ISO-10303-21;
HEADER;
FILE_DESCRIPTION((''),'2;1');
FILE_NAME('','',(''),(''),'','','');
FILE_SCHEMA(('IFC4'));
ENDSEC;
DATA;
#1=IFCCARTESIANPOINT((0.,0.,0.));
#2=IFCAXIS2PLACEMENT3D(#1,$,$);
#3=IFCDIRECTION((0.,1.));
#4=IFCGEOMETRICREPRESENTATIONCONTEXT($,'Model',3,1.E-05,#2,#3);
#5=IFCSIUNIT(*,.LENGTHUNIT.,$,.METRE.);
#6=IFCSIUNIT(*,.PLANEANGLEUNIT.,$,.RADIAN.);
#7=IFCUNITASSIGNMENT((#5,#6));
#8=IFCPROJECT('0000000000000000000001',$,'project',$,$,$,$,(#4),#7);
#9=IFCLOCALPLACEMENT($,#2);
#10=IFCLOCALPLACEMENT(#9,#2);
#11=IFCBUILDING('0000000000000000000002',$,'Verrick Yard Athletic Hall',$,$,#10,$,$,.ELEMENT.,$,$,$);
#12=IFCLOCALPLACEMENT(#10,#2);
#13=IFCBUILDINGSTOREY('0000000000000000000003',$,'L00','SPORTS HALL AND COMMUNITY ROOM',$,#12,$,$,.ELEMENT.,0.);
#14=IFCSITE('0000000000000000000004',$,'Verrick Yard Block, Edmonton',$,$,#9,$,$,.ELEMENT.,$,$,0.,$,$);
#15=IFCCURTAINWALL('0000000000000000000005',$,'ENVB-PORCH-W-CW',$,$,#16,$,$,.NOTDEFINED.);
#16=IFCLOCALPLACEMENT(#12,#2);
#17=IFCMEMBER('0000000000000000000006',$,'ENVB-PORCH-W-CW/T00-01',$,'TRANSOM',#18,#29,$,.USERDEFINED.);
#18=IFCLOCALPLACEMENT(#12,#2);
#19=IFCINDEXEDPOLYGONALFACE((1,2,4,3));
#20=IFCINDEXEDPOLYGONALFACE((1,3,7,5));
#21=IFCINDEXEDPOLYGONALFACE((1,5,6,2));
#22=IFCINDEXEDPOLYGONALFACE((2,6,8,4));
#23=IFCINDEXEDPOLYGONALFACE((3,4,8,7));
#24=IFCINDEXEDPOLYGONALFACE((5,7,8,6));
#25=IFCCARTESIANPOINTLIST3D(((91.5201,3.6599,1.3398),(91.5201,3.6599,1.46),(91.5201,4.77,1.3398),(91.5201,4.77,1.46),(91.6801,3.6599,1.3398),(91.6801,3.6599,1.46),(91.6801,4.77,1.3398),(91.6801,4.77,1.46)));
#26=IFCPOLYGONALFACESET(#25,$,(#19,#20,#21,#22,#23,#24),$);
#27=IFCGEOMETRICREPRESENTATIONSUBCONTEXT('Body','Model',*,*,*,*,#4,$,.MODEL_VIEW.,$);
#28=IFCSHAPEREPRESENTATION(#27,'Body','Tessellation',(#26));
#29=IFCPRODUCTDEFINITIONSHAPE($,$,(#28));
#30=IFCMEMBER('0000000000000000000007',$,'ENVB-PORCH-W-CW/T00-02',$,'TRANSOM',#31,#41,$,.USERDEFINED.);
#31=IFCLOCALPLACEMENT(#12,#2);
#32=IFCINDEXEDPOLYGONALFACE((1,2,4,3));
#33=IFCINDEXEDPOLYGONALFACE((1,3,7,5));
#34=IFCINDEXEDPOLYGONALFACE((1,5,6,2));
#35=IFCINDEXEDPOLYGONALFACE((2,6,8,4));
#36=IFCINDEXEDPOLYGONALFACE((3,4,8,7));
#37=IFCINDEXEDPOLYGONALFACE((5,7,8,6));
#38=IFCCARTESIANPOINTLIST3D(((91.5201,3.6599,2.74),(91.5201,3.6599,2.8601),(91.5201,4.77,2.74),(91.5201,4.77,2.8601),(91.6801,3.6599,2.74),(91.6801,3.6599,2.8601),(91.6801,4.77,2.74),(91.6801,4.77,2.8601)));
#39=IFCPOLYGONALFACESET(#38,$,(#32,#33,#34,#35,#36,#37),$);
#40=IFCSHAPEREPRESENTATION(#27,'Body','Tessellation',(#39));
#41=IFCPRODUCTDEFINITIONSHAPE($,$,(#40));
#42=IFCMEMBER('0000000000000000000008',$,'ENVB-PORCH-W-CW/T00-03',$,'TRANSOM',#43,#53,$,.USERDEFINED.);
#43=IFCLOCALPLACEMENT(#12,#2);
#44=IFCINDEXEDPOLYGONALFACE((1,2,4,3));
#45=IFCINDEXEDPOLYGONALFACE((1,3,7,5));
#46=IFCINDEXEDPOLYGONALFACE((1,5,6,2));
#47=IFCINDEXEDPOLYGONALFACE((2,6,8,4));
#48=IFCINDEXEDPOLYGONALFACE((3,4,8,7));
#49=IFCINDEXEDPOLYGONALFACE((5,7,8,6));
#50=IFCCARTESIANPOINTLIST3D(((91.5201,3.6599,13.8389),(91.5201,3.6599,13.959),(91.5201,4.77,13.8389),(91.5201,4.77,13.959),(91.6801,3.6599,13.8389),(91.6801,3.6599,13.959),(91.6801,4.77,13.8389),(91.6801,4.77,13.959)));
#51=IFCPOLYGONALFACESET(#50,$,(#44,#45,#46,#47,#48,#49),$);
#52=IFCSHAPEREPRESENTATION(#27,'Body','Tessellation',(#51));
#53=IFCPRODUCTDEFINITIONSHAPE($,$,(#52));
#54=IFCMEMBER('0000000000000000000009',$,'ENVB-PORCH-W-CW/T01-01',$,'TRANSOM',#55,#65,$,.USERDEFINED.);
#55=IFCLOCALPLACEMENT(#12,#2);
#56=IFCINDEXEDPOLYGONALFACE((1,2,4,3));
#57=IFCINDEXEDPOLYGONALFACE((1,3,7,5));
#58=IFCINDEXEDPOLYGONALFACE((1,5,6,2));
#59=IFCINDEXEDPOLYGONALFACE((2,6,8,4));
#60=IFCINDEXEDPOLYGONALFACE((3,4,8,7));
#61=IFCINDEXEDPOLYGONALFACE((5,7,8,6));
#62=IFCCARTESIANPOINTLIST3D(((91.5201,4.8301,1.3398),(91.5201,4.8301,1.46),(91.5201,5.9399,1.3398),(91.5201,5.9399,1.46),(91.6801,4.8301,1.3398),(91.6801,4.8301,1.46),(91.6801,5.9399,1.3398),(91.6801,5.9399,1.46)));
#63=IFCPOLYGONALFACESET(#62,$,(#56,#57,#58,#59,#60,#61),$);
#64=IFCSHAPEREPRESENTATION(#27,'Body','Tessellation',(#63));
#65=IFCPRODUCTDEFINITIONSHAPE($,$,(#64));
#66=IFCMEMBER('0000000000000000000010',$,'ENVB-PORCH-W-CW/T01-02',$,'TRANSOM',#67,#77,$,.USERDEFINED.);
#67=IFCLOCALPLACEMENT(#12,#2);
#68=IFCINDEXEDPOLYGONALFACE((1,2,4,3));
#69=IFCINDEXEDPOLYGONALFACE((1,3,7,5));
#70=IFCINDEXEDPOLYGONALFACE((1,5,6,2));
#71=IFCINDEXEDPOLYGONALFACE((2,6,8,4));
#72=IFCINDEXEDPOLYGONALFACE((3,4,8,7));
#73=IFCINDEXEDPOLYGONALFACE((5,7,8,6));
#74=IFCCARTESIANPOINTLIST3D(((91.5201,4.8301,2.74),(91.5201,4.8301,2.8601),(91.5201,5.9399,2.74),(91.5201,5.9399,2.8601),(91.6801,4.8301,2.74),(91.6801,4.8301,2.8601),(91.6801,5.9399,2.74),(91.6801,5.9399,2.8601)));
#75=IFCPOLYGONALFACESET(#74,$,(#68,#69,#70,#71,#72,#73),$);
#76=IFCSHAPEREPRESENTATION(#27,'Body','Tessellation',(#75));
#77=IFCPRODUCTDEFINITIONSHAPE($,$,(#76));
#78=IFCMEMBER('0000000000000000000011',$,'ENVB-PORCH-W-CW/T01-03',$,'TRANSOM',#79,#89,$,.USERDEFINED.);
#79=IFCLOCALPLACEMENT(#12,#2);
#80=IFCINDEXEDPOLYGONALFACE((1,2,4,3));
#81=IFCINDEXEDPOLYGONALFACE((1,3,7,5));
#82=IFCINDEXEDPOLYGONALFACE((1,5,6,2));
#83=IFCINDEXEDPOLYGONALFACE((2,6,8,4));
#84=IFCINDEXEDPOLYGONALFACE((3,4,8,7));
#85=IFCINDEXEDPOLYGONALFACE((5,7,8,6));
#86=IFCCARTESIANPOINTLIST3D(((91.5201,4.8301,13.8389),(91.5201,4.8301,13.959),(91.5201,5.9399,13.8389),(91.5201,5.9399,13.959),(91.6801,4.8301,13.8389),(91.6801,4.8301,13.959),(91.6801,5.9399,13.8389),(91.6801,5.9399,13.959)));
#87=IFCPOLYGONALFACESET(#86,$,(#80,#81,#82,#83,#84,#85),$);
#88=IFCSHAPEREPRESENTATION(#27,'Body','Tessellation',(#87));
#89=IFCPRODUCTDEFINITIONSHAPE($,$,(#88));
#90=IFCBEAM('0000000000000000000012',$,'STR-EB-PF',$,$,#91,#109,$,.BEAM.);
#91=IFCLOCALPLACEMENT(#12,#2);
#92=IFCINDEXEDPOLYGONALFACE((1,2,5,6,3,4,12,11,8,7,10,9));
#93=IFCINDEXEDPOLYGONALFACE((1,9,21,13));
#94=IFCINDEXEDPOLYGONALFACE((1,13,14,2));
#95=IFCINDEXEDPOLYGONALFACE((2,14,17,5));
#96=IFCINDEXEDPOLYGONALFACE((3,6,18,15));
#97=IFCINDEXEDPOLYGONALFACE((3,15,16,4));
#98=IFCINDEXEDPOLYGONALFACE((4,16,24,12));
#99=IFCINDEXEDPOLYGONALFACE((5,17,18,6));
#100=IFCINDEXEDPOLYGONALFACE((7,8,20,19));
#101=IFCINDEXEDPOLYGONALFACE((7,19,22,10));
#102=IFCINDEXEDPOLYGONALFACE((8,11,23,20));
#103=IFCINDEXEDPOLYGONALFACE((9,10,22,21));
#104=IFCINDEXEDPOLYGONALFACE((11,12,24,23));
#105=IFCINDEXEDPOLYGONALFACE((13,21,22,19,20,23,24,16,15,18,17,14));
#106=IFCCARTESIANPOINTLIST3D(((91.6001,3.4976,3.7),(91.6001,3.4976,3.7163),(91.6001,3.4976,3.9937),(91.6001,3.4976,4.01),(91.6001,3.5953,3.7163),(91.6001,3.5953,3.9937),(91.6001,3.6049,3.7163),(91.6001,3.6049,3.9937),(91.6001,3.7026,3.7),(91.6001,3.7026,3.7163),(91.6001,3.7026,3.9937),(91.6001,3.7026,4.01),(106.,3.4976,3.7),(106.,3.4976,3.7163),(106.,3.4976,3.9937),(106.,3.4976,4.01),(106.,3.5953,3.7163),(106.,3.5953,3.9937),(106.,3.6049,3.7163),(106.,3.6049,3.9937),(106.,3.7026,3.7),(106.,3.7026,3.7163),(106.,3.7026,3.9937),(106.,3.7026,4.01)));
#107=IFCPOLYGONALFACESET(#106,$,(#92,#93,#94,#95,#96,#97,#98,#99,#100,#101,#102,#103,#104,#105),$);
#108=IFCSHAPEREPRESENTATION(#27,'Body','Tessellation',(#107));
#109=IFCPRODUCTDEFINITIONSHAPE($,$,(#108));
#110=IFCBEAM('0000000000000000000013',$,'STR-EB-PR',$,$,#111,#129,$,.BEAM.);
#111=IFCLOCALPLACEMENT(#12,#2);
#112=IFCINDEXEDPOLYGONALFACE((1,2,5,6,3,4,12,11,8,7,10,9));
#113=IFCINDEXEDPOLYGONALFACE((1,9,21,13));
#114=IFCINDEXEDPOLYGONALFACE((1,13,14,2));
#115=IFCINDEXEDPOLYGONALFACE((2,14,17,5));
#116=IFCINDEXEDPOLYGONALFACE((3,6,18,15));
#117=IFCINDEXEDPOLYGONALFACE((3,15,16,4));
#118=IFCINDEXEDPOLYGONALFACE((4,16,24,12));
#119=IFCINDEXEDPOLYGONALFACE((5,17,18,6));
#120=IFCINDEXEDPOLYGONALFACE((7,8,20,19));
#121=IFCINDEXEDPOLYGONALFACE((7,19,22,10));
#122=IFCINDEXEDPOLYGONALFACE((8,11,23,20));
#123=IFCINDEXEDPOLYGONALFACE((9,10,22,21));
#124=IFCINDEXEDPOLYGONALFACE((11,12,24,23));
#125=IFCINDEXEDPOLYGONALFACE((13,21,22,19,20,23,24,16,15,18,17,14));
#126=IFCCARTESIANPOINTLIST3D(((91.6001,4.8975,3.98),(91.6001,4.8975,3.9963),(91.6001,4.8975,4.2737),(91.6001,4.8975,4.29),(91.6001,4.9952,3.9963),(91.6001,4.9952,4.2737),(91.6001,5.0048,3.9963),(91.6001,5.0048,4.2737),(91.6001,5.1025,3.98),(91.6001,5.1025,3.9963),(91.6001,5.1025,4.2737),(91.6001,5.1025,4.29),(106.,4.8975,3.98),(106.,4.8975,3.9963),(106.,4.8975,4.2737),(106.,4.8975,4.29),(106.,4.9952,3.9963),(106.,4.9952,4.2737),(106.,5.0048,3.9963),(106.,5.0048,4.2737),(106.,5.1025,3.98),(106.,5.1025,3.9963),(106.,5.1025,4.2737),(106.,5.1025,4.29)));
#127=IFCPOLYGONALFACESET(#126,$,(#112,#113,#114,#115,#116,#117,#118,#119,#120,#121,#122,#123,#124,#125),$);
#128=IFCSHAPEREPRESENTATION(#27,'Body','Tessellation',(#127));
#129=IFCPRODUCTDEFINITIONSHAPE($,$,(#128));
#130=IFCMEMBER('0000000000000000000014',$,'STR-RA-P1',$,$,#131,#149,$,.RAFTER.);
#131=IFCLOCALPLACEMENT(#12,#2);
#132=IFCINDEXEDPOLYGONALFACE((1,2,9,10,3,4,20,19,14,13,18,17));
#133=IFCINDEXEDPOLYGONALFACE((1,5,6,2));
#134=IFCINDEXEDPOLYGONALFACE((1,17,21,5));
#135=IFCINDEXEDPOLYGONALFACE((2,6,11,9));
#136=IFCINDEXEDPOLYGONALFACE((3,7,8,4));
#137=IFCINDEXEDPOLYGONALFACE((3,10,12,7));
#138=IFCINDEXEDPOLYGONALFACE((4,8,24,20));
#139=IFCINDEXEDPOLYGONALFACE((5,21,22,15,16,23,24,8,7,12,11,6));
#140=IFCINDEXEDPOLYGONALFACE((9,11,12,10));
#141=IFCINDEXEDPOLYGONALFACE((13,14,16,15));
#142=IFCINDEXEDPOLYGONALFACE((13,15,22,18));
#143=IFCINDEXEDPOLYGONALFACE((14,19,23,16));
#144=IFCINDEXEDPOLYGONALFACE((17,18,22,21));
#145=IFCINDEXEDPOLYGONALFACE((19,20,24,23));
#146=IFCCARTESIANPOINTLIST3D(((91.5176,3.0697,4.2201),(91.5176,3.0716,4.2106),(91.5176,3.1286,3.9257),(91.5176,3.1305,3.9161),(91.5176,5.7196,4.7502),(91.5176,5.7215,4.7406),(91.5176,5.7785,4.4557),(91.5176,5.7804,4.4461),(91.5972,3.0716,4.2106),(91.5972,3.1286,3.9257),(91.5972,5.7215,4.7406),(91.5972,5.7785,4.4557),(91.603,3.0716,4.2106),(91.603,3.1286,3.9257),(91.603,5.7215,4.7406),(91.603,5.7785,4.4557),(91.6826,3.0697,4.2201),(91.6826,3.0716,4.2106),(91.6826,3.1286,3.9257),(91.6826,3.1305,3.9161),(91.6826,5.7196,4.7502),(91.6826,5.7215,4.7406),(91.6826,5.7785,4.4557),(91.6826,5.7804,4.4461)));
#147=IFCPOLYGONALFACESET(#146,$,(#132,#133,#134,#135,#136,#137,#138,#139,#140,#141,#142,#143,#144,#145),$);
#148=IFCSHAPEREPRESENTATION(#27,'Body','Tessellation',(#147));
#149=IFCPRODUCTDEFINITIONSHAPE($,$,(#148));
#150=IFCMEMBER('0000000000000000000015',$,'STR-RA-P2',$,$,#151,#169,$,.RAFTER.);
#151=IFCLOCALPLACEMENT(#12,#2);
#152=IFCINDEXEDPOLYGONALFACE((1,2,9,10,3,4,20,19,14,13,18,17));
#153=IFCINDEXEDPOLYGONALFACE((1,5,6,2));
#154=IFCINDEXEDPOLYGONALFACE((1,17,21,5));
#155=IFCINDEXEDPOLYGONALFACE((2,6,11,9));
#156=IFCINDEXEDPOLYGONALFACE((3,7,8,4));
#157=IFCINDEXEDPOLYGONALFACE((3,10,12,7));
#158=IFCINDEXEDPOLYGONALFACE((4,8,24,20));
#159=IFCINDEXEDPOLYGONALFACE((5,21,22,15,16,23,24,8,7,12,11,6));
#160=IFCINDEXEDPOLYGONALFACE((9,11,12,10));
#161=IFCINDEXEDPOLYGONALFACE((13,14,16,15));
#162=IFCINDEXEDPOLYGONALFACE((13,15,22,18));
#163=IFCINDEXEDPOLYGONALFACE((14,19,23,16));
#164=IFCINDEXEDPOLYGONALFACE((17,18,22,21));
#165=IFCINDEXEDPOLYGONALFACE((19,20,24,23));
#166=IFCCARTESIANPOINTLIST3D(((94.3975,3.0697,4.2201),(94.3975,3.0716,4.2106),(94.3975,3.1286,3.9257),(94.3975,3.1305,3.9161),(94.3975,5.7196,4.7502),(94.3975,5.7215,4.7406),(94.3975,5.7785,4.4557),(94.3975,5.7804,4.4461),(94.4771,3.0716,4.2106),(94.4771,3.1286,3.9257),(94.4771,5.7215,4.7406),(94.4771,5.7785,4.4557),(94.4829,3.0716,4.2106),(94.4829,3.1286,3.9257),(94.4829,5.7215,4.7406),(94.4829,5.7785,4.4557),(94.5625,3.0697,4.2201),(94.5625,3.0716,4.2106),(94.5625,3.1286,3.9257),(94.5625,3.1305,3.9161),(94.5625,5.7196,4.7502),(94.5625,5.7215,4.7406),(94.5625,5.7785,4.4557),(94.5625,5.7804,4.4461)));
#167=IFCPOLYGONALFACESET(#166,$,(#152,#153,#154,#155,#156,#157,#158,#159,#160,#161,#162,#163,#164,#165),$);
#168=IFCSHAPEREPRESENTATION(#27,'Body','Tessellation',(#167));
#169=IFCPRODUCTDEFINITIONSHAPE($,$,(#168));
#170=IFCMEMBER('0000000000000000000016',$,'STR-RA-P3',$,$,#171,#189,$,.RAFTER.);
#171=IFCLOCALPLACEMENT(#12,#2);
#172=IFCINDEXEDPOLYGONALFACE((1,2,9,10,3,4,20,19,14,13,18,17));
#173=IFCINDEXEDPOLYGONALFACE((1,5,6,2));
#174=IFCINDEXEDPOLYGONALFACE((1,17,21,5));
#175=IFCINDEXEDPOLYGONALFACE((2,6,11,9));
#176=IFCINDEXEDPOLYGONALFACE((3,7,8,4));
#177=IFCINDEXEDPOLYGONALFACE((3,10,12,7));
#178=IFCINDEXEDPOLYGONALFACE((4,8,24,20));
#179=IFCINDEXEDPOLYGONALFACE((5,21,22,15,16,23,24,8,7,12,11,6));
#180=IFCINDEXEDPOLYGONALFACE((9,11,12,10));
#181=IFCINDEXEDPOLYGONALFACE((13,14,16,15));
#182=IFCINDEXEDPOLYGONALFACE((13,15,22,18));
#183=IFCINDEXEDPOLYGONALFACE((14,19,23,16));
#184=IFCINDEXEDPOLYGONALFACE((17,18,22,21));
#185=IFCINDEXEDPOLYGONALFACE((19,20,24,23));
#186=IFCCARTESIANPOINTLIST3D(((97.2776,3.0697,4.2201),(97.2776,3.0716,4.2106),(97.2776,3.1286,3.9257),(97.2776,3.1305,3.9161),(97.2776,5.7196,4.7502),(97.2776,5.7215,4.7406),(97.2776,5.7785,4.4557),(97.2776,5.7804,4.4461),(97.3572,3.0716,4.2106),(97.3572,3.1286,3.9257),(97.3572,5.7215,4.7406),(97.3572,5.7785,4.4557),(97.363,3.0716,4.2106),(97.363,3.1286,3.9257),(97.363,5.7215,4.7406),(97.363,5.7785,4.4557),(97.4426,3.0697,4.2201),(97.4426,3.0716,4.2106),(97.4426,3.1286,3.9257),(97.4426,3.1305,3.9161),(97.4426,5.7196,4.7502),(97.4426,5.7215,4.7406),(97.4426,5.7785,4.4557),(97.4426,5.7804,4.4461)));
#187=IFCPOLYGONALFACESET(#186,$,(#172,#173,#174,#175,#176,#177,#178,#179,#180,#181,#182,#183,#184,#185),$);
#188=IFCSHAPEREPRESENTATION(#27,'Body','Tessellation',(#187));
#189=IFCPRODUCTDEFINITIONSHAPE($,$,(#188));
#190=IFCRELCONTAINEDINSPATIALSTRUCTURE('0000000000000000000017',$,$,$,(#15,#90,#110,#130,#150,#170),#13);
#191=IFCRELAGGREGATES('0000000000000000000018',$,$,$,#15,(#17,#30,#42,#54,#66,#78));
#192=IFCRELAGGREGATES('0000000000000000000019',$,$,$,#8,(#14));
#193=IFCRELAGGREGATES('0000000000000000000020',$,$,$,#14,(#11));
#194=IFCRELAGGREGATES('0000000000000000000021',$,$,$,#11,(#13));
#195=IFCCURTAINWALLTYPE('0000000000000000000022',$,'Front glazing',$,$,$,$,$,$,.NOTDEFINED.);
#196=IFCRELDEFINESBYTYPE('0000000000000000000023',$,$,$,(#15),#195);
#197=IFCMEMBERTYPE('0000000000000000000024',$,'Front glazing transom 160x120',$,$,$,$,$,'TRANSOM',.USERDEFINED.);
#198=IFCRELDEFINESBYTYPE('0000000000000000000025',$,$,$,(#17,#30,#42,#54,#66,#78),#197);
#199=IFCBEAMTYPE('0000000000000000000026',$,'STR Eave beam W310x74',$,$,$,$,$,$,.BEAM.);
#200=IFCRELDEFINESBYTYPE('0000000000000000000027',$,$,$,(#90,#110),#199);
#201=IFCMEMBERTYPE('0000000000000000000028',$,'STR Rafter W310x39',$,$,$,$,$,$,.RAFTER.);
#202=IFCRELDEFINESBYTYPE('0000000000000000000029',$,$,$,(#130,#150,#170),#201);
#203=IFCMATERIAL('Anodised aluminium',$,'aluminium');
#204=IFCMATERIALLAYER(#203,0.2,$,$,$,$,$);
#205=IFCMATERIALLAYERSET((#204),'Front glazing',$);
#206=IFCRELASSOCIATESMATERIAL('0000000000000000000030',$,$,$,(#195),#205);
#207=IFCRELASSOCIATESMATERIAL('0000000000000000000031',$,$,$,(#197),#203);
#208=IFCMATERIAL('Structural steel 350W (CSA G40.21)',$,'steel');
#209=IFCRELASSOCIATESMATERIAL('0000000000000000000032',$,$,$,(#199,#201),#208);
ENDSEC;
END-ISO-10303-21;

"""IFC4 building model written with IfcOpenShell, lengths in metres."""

from ifc_helpers import new_model, si_unit, direction, frame, origin, origin_2d, place, context, subcontext, project, spatial, rectangle, i_section, extrude, material, layer, layer_set, material_profile, profile_set, type_object, element, aggregate, save


model = new_model("IFC4")

# Units and contexts
model_context = context("Model", 3, precision=1e-05, world=origin(), true_north=direction((0.0, 1.0)))
body_context = subcontext(model_context, "Body", "Model", "MODEL_VIEW")
ifc_project = project(units=[si_unit("LENGTHUNIT", "METRE"), si_unit("PLANEANGLEUNIT", "RADIAN")], contexts=[model_context])

# Site, building, storey
site_placement = place(None, origin())
site = spatial("IfcSite", under=ifc_project, at=site_placement, Name="Verrick Yard Block, Edmonton", CompositionType="ELEMENT", RefElevation=0.0)
building_placement = place(site_placement, origin())
building = spatial("IfcBuilding", under=site, at=building_placement, Name="Verrick Yard Athletic Hall", CompositionType="ELEMENT")
storey_placement = place(building_placement, origin())
storey = spatial("IfcBuildingStorey", under=building, at=storey_placement, Name="L00", Description="SPORTS HALL AND COMMUNITY ROOM", CompositionType="ELEMENT", Elevation=0.0)

# Curtain wall, members
ifc_material_1 = material(Name="Anodised aluminium", Category="aluminium")
ifc_layer_1 = layer(ifc_material_1, 0.2)
ifc_layer_set_1 = layer_set([ifc_layer_1], Name="Front glazing")
curtain_wall_type = type_object("IfcCurtainWallType", Name="Front glazing", PredefinedType="NOTDEFINED", material=ifc_layer_set_1)
curtain_wall_placement = place(storey_placement, origin())
curtain_wall = element("IfcCurtainWall", 1, at=curtain_wall_placement, inside=storey, type_object=curtain_wall_type, Name="ENVB-PORCH-W-CW", PredefinedType="NOTDEFINED")
ifc_material_profile_1 = material_profile(ifc_material_1, rectangle(XDim=0.1599, YDim=0.1201, at=origin_2d()), Name="CW transom 160x120")
ifc_profile_set_1 = profile_set([ifc_material_profile_1], Name="Anodised aluminium")
member_type_1 = type_object("IfcMemberType", Name="Front glazing transom 160x120", ElementType="TRANSOM", PredefinedType="USERDEFINED", material=ifc_profile_set_1)
member_1_placement = place(storey_placement, frame((91.6001, 3.6599, 1.3999), z_axis=(0.0, 1.0, 0.0), x_axis=(-1.0, 0.0, 0.0)))
member_1 = element("IfcMember", 2, at=member_1_placement, type_object=member_type_1, Name="ENVB-PORCH-W-CW/T00-01", ObjectType="TRANSOM", PredefinedType="USERDEFINED", context=body_context, shape_type="SweptSolid", body=[
    extrude(rectangle(XDim=0.1599, YDim=0.1201, at=origin_2d()), origin(), (0.0, 0.0, 1.0), 1.1101),
])
member_2_placement = place(storey_placement, frame((91.6001, 3.6599, 2.8), z_axis=(0.0, 1.0, 0.0), x_axis=(-1.0, 0.0, 0.0)))
member_2 = element("IfcMember", 3, at=member_2_placement, type_object=member_type_1, Name="ENVB-PORCH-W-CW/T00-02", ObjectType="TRANSOM", PredefinedType="USERDEFINED", context=body_context, shape_type="SweptSolid", body=[
    extrude(rectangle(XDim=0.1599, YDim=0.1201, at=origin_2d()), origin(), (0.0, 0.0, 1.0), 1.1101),
])
member_3_placement = place(storey_placement, frame((91.6001, 3.6599, 13.8989), z_axis=(0.0, 1.0, 0.0), x_axis=(-1.0, 0.0, 0.0)))
member_3 = element("IfcMember", 4, at=member_3_placement, type_object=member_type_1, Name="ENVB-PORCH-W-CW/T00-03", ObjectType="TRANSOM", PredefinedType="USERDEFINED", context=body_context, shape_type="SweptSolid", body=[
    extrude(rectangle(XDim=0.1599, YDim=0.1201, at=origin_2d()), origin(), (0.0, 0.0, 1.0), 1.1101),
])
member_4_placement = place(storey_placement, frame((91.6001, 4.8301, 1.3999), z_axis=(0.0, 1.0, 0.0), x_axis=(-1.0, 0.0, 0.0)))
member_4 = element("IfcMember", 5, at=member_4_placement, type_object=member_type_1, Name="ENVB-PORCH-W-CW/T01-01", ObjectType="TRANSOM", PredefinedType="USERDEFINED", context=body_context, shape_type="SweptSolid", body=[
    extrude(rectangle(XDim=0.1599, YDim=0.1201, at=origin_2d()), origin(), (0.0, 0.0, 1.0), 1.1099),
])
member_5_placement = place(storey_placement, frame((91.6001, 4.8301, 2.8), z_axis=(0.0, 1.0, 0.0), x_axis=(-1.0, 0.0, 0.0)))
member_5 = element("IfcMember", 6, at=member_5_placement, type_object=member_type_1, Name="ENVB-PORCH-W-CW/T01-02", ObjectType="TRANSOM", PredefinedType="USERDEFINED", context=body_context, shape_type="SweptSolid", body=[
    extrude(rectangle(XDim=0.1599, YDim=0.1201, at=origin_2d()), origin(), (0.0, 0.0, 1.0), 1.1099),
])
member_6_placement = place(storey_placement, frame((91.6001, 4.8301, 13.8989), z_axis=(0.0, 1.0, 0.0), x_axis=(-1.0, 0.0, 0.0)))
member_6 = element("IfcMember", 7, at=member_6_placement, type_object=member_type_1, Name="ENVB-PORCH-W-CW/T01-03", ObjectType="TRANSOM", PredefinedType="USERDEFINED", context=body_context, shape_type="SweptSolid", body=[
    extrude(rectangle(XDim=0.1599, YDim=0.1201, at=origin_2d()), origin(), (0.0, 0.0, 1.0), 1.1099),
])

# Beams
ifc_material_2 = material(Name="Structural steel 350W (CSA G40.21)", Category="steel")
ifc_material_profile_2 = material_profile(ifc_material_2, i_section(OverallWidth=0.2051, OverallDepth=0.3101, WebThickness=0.0095, FlangeThickness=0.0164, at=origin_2d()), Name="W310x74")
ifc_profile_set_2 = profile_set([ifc_material_profile_2], Name="Structural steel 350W (CSA G40.21)")
beam_type = type_object("IfcBeamType", Name="STR Eave beam W310x74", PredefinedType="BEAM", material=ifc_profile_set_2)
for number, where, z_axis, x_axis, name in (
    (8, (91.6001, 3.6001, 3.855), (1.0, 0.0, 0.0), (0.0, 1.0, 0.0), "STR-EB-PF"),
    (9, (91.6001, 5.0, 4.135), (1.0, 0.0, 0.0), (0.0, 1.0, 0.0), "STR-EB-PR"),
):
    element("IfcBeam", number, at=place(storey_placement, frame(where, z_axis=z_axis, x_axis=x_axis)), inside=storey, type_object=beam_type, Name=name, PredefinedType="BEAM", context=body_context, shape_type="SweptSolid", body=[
        extrude(i_section(OverallWidth=0.2051, OverallDepth=0.3101, WebThickness=0.0095, FlangeThickness=0.0164, at=origin_2d()), origin(), (0.0, 0.0, 1.0), 14.3999),
    ])

# Members
ifc_material_profile_3 = material_profile(ifc_material_2, i_section(OverallWidth=0.165, OverallDepth=0.3101, WebThickness=0.0059, FlangeThickness=0.0098, at=origin_2d()), Name="W310x39")
ifc_profile_set_3 = profile_set([ifc_material_profile_3], Name="Structural steel 350W (CSA G40.21)")
member_type_2 = type_object("IfcMemberType", Name="STR Rafter W310x39", PredefinedType="RAFTER", material=ifc_profile_set_3)
for number, where, z_axis, x_axis, name in (
    (10, (91.6001, 3.1001, 4.0681), (0.0, 0.980577, 0.196134), (-1.0, 0.0, 0.0), "STR-RA-P1"),
    (11, (94.48, 3.1001, 4.0681), (0.0, 0.980577, 0.196134), (-1.0, 0.0, 0.0), "STR-RA-P2"),
    (12, (97.3601, 3.1001, 4.0681), (0.0, 0.980577, 0.196134), (-1.0, 0.0, 0.0), "STR-RA-P3"),
):
    element("IfcMember", number, at=place(storey_placement, frame(where, z_axis=z_axis, x_axis=x_axis)), inside=storey, type_object=member_type_2, Name=name, PredefinedType="RAFTER", context=body_context, shape_type="SweptSolid", body=[
        extrude(i_section(OverallWidth=0.165, OverallDepth=0.3101, WebThickness=0.0059, FlangeThickness=0.0098, at=origin_2d()), origin(), (0.0, 0.0, 1.0), 2.7024),
    ])

aggregate(curtain_wall, [member_1, member_2, member_3, member_4, member_5, member_6])

save(model, "model.ifc")
